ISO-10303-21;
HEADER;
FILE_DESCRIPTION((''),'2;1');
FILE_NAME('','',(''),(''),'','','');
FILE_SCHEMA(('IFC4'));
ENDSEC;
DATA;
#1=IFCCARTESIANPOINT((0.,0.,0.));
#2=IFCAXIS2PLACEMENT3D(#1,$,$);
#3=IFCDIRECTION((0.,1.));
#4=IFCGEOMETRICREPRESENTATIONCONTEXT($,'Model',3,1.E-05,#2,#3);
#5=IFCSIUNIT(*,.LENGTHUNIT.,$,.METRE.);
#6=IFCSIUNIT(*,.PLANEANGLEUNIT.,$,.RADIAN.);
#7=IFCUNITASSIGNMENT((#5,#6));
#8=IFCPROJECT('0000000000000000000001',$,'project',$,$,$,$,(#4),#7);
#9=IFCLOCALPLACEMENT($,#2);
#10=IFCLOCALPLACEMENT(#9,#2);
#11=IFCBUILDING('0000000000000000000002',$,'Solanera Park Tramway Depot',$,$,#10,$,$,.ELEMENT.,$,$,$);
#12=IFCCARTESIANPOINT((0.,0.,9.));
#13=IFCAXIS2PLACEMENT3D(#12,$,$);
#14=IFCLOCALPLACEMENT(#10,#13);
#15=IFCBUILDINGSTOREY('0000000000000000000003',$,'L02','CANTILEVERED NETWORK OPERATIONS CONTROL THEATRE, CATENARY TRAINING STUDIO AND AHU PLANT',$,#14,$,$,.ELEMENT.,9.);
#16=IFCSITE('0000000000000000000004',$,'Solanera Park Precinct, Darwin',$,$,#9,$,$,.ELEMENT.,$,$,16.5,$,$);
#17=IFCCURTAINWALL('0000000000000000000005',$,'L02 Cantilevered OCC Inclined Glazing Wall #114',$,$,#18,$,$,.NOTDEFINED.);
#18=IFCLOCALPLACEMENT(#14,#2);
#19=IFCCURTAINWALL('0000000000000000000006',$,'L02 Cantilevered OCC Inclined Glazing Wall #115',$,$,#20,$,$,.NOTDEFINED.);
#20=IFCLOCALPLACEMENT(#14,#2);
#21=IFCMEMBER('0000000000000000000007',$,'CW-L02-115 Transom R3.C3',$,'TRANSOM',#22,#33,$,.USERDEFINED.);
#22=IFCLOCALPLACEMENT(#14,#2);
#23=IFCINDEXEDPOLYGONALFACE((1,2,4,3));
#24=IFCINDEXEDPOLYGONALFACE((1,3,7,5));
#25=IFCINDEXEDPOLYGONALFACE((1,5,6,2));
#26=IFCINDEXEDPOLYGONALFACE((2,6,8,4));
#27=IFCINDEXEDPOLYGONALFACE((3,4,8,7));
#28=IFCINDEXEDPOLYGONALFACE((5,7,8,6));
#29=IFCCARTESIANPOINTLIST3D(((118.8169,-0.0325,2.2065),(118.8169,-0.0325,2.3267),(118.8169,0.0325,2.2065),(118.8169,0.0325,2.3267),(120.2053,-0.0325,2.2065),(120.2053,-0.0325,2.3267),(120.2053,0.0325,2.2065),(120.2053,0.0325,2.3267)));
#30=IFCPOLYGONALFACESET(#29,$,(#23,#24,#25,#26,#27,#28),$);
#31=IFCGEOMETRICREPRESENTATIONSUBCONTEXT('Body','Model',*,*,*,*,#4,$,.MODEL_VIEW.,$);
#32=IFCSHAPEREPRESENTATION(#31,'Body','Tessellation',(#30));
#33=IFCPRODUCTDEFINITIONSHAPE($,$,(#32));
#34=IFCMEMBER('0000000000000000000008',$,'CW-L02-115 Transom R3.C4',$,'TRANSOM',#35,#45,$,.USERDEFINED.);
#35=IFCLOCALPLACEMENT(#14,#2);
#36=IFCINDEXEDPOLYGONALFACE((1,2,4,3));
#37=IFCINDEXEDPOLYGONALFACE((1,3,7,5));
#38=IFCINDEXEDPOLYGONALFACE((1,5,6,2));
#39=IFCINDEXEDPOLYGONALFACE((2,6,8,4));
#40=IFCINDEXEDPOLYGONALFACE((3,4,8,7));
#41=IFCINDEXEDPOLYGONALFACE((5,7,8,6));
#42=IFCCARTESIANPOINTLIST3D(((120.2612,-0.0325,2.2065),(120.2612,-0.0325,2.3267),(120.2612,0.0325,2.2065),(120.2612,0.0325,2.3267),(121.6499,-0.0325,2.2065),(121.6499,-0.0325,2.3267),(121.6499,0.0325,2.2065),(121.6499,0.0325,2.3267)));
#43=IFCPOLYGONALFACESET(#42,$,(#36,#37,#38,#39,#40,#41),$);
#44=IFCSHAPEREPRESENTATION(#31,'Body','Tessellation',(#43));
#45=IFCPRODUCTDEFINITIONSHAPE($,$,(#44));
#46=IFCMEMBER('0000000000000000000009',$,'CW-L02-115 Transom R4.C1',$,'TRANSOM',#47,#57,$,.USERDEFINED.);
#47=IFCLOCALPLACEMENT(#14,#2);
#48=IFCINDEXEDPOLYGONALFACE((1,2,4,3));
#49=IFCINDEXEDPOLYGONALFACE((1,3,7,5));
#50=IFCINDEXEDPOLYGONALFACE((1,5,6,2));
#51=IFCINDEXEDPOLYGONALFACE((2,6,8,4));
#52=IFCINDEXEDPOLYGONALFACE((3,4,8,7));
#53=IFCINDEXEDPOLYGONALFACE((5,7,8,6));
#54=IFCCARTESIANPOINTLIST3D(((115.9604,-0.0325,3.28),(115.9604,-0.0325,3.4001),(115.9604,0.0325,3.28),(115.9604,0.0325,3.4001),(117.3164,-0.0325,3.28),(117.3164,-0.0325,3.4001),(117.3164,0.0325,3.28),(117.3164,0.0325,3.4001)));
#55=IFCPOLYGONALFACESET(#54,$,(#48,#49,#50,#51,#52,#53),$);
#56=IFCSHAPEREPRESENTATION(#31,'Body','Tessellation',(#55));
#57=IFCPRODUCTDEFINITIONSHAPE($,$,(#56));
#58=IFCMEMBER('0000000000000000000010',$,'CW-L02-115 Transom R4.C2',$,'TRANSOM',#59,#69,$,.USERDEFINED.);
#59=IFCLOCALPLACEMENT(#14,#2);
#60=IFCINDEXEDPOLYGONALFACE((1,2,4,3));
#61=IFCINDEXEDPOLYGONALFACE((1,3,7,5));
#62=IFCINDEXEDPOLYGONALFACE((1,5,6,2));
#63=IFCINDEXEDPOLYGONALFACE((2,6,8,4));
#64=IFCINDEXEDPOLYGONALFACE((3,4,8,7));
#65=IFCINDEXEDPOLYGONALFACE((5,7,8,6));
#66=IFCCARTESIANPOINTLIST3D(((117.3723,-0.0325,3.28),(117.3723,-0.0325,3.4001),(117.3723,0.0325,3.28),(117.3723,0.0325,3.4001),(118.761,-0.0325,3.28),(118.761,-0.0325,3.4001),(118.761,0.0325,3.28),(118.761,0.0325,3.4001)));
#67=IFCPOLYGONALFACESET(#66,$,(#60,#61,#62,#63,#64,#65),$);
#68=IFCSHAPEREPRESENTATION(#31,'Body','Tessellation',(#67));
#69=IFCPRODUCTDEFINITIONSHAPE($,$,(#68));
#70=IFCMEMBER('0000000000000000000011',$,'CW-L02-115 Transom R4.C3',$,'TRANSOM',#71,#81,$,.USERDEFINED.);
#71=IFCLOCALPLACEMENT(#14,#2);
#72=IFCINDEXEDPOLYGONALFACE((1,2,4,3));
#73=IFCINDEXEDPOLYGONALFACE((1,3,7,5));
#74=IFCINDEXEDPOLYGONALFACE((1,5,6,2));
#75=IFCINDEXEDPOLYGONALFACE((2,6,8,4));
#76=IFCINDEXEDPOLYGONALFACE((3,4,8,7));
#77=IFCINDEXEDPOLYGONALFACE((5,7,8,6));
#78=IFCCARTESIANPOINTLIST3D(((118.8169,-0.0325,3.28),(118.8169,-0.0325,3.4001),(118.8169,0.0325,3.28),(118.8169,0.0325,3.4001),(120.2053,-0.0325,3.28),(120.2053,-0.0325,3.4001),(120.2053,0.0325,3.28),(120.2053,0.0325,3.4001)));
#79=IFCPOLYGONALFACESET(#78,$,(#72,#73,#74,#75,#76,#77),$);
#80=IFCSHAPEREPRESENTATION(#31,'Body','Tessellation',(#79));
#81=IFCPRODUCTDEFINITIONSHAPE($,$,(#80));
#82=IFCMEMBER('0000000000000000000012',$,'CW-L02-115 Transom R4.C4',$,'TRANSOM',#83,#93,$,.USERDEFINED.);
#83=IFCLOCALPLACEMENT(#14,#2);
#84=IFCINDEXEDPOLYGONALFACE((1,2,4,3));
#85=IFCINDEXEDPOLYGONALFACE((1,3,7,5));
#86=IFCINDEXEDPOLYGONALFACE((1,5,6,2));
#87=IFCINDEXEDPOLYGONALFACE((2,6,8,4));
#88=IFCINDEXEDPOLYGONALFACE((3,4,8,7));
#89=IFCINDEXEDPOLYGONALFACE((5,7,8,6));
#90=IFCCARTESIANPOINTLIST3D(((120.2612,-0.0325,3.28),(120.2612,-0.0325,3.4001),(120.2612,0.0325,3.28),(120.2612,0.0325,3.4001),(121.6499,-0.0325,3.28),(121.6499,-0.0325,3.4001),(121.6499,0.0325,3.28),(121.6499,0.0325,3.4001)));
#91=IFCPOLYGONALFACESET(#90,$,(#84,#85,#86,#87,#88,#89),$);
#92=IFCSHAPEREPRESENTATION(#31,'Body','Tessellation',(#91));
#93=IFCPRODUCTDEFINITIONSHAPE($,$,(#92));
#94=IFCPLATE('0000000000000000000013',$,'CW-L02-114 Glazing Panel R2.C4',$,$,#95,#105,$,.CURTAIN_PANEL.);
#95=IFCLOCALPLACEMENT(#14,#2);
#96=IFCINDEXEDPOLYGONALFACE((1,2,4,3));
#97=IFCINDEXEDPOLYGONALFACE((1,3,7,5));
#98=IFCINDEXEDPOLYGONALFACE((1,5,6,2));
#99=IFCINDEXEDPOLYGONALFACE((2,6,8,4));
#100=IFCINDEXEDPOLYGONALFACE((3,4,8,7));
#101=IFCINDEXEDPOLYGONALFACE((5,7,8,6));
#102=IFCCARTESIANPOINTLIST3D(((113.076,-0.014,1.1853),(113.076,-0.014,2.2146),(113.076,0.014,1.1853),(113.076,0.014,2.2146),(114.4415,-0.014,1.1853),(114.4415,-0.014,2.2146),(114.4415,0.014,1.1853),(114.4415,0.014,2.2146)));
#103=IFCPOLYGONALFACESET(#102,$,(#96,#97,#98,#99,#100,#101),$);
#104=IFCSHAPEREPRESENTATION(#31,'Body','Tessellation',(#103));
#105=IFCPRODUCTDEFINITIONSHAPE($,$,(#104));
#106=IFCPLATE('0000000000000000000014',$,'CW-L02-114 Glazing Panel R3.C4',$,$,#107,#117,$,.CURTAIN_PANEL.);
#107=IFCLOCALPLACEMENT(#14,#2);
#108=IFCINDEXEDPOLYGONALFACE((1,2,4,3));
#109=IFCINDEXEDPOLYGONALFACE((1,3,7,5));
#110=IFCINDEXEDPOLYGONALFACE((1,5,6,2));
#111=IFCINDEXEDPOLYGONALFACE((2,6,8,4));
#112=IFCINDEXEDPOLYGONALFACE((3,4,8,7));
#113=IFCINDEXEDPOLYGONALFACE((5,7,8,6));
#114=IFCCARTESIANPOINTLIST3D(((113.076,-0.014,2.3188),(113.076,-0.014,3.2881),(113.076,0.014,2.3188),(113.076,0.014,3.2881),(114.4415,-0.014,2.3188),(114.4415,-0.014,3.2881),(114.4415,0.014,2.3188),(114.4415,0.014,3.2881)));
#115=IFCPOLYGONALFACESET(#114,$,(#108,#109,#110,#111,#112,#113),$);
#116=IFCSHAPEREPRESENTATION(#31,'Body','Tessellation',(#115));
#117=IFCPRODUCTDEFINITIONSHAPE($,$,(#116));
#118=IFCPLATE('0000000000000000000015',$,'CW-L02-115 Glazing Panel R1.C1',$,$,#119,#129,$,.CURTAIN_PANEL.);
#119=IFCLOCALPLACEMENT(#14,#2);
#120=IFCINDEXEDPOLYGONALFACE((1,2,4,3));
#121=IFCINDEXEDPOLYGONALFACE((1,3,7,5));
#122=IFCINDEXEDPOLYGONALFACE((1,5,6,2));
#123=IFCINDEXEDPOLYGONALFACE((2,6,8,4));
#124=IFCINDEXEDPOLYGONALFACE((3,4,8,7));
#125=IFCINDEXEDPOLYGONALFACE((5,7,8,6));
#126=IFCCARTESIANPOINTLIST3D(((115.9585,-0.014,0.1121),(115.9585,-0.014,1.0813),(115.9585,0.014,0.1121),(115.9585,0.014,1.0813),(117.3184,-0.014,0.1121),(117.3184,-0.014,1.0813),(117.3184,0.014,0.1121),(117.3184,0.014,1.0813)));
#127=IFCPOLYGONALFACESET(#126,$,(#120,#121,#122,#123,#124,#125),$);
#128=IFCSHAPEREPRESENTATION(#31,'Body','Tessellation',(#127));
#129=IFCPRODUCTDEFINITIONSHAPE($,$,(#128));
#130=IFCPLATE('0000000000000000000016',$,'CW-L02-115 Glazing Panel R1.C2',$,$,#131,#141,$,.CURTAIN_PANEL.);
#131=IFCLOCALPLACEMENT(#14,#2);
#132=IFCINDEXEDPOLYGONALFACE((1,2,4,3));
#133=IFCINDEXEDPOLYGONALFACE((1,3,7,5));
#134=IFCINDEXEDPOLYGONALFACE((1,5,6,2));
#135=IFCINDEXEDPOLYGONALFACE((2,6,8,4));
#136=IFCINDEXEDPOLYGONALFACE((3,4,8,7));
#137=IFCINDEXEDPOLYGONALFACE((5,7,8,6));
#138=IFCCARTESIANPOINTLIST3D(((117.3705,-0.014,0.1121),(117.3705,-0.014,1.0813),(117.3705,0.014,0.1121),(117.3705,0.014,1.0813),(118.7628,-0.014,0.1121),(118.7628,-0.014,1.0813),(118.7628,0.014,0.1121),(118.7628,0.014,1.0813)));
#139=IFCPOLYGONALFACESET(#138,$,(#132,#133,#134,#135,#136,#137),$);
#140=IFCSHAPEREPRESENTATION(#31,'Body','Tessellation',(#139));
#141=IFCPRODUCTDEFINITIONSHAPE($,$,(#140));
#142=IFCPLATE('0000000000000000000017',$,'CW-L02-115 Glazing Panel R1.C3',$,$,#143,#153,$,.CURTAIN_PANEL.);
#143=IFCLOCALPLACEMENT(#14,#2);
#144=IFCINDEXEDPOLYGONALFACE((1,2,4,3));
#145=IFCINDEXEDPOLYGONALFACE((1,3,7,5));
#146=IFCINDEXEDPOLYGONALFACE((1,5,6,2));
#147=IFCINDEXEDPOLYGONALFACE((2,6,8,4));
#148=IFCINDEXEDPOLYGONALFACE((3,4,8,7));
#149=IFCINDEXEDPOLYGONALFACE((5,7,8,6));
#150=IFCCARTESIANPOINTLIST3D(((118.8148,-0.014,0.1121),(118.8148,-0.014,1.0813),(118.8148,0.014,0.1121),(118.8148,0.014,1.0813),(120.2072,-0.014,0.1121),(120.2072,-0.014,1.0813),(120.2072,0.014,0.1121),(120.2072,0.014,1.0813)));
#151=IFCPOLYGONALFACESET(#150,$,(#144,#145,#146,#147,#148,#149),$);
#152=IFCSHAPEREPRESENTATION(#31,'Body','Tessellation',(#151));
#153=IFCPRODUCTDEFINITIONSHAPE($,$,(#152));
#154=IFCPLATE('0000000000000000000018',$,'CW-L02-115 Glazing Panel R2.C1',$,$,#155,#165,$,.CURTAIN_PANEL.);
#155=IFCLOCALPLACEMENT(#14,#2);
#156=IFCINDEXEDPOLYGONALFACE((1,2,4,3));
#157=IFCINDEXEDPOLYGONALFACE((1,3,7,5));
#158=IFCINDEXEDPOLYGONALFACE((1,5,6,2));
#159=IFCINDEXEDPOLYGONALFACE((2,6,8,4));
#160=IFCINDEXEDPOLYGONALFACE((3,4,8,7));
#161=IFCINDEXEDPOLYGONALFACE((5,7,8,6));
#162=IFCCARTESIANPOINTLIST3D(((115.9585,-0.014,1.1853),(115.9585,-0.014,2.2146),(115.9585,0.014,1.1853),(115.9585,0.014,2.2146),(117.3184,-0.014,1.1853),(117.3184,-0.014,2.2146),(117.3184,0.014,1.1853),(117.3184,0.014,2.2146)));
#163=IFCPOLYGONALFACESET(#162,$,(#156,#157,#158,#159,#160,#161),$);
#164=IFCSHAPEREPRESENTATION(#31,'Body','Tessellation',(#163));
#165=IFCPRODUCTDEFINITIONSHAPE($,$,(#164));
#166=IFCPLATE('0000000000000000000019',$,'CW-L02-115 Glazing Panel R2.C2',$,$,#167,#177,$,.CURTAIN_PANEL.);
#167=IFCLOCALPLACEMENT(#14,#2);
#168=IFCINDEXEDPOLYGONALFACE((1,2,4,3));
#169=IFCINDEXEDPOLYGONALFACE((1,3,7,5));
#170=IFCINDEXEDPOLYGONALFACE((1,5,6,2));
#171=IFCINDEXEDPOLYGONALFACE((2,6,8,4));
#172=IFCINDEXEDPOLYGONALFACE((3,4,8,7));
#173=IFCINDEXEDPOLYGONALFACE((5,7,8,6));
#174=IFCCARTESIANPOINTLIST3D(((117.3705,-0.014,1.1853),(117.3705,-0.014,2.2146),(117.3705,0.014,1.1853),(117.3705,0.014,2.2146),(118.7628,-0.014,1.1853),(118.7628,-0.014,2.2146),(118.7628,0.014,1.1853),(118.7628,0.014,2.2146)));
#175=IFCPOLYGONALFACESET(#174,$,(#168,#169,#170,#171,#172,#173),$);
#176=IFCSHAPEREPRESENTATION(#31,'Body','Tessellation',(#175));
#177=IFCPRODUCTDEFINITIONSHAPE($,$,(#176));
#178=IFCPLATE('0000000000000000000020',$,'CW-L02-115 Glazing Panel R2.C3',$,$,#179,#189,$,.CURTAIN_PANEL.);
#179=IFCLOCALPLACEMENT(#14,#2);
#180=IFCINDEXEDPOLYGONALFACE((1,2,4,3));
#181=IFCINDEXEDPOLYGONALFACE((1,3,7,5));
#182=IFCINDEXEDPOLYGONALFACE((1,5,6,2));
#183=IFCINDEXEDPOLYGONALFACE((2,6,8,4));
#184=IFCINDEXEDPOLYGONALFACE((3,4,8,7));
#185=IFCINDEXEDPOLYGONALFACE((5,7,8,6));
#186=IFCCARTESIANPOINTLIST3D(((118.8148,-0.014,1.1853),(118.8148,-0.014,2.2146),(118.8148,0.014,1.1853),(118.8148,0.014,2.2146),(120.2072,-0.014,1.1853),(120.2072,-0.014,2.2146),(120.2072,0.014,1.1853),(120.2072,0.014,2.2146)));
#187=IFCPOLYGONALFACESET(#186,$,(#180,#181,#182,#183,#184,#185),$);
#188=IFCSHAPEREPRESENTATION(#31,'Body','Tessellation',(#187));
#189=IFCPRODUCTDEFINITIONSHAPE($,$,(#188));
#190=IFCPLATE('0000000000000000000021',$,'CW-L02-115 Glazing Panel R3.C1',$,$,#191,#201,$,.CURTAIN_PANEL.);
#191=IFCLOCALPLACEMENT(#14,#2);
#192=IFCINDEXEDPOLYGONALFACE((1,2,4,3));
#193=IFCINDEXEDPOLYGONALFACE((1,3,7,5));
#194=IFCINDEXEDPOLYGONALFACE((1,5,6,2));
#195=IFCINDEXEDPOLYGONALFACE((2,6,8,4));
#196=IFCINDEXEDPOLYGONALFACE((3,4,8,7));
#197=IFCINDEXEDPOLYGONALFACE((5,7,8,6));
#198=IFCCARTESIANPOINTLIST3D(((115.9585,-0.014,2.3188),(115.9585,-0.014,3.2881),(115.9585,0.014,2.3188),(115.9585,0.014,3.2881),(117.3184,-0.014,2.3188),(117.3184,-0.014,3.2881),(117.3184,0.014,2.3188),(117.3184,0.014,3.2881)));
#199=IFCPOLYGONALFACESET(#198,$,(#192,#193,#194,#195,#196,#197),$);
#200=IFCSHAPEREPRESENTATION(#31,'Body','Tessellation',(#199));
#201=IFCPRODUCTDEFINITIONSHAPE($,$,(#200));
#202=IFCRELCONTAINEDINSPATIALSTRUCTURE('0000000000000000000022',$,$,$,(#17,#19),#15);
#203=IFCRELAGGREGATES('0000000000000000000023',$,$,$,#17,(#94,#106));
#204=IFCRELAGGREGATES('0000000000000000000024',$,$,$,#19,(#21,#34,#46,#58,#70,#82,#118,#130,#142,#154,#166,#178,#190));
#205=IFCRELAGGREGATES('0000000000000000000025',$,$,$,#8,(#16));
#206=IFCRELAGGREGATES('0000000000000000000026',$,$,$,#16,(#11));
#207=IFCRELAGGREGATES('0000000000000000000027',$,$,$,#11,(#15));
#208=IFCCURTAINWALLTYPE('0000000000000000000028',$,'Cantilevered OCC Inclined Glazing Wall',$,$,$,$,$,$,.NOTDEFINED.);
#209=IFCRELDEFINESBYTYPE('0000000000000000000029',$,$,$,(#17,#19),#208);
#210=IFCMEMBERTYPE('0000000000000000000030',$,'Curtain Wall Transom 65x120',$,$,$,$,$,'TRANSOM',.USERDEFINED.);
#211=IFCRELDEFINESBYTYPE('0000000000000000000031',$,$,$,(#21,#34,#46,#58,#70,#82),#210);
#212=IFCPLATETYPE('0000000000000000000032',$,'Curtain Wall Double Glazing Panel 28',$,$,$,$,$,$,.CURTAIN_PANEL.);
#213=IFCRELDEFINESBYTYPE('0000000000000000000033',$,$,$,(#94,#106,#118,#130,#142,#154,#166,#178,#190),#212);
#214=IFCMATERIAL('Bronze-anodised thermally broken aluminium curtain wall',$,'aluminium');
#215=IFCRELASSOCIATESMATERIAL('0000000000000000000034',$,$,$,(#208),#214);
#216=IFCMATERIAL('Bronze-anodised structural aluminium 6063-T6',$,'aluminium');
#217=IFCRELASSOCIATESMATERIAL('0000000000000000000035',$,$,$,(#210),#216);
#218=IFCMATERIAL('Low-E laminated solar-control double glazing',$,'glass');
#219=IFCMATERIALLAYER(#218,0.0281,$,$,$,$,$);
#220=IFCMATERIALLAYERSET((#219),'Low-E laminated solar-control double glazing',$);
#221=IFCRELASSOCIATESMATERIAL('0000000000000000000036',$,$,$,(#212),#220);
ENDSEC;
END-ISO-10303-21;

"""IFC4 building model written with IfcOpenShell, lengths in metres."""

from ifc_helpers import new_model, si_unit, direction, frame, origin, origin_2d, place, context, subcontext, project, spatial, rectangle, extrude, material, layer, layer_set, material_profile, profile_set, type_object, element, aggregate, save


model = new_model("IFC4")

# Units and contexts
model_context = context("Model", 3, precision=1e-05, world=origin(), true_north=direction((0.0, 1.0)))
body_context = subcontext(model_context, "Body", "Model", "MODEL_VIEW")
ifc_project = project(units=[si_unit("LENGTHUNIT", "METRE"), si_unit("PLANEANGLEUNIT", "RADIAN")], contexts=[model_context])

# Site, building, storey
site_placement = place(None, origin())
site = spatial("IfcSite", under=ifc_project, at=site_placement, Name="Solanera Park Precinct, Darwin", CompositionType="ELEMENT", RefElevation=16.5)
building_placement = place(site_placement, origin())
building = spatial("IfcBuilding", under=site, at=building_placement, Name="Solanera Park Tramway Depot", CompositionType="ELEMENT")
storey_placement = place(building_placement, frame((0.0, 0.0, 9.0)))
storey = spatial("IfcBuildingStorey", under=building, at=storey_placement, Name="L02", Description="CANTILEVERED NETWORK OPERATIONS CONTROL THEATRE, CATENARY TRAINING STUDIO AND AHU PLANT", CompositionType="ELEMENT", Elevation=9.0)

# Curtain wall
ifc_material_1 = material(Name="Bronze-anodised thermally broken aluminium curtain wall", Category="aluminium")
curtain_wall_type = type_object("IfcCurtainWallType", Name="Cantilevered OCC Inclined Glazing Wall", PredefinedType="NOTDEFINED", material=ifc_material_1)
curtain_wall_1_placement = place(storey_placement, origin())
curtain_wall_1 = element("IfcCurtainWall", 1, at=curtain_wall_1_placement, inside=storey, type_object=curtain_wall_type, Name="L02 Cantilevered OCC Inclined Glazing Wall #114", PredefinedType="NOTDEFINED")

# Curtain wall, members
curtain_wall_2_placement = place(storey_placement, origin())
curtain_wall_2 = element("IfcCurtainWall", 2, at=curtain_wall_2_placement, inside=storey, type_object=curtain_wall_type, Name="L02 Cantilevered OCC Inclined Glazing Wall #115", PredefinedType="NOTDEFINED")
ifc_material_2 = material(Name="Bronze-anodised structural aluminium 6063-T6", Category="aluminium")
ifc_material_profile_1 = material_profile(ifc_material_2, rectangle(XDim=0.0649, YDim=0.1201, at=origin_2d()), Name="Curtain Wall Transom 65x120")
ifc_profile_set_1 = profile_set([ifc_material_profile_1], Name="Bronze-anodised structural aluminium 6063-T6")
member_type_1 = type_object("IfcMemberType", Name="Curtain Wall Transom 65x120", ElementType="TRANSOM", PredefinedType="USERDEFINED", material=ifc_profile_set_1)
member_1_placement = place(storey_placement, frame((118.8169, 0.0, 2.2666), z_axis=(1.0, 0.0, 0.0), x_axis=(0.0, 1.0, 0.0)))
member_1 = element("IfcMember", 3, at=member_1_placement, type_object=member_type_1, Name="CW-L02-115 Transom R3.C3", ObjectType="TRANSOM", PredefinedType="USERDEFINED", context=body_context, shape_type="SweptSolid", body=[
    extrude(rectangle(XDim=0.0649, YDim=0.1201, at=origin_2d()), origin(), (0.0, 0.0, 1.0), 1.3884),
])
member_2_placement = place(storey_placement, frame((120.2612, 0.0, 2.2666), z_axis=(1.0, 0.0, 0.0), x_axis=(0.0, 1.0, 0.0)))
member_2 = element("IfcMember", 4, at=member_2_placement, type_object=member_type_1, Name="CW-L02-115 Transom R3.C4", ObjectType="TRANSOM", PredefinedType="USERDEFINED", context=body_context, shape_type="SweptSolid", body=[
    extrude(rectangle(XDim=0.0649, YDim=0.1201, at=origin_2d()), origin(), (0.0, 0.0, 1.0), 1.3887),
])
member_3_placement = place(storey_placement, frame((115.9604, 0.0, 3.3401), z_axis=(1.0, 0.0, 0.0), x_axis=(0.0, 1.0, 0.0)))
member_3 = element("IfcMember", 5, at=member_3_placement, type_object=member_type_1, Name="CW-L02-115 Transom R4.C1", ObjectType="TRANSOM", PredefinedType="USERDEFINED", context=body_context, shape_type="SweptSolid", body=[
    extrude(rectangle(XDim=0.0649, YDim=0.1201, at=origin_2d()), origin(), (0.0, 0.0, 1.0), 1.356),
])
member_4_placement = place(storey_placement, frame((117.3723, 0.0, 3.3401), z_axis=(1.0, 0.0, 0.0), x_axis=(0.0, 1.0, 0.0)))
member_4 = element("IfcMember", 6, at=member_4_placement, type_object=member_type_1, Name="CW-L02-115 Transom R4.C2", ObjectType="TRANSOM", PredefinedType="USERDEFINED", context=body_context, shape_type="SweptSolid", body=[
    extrude(rectangle(XDim=0.0649, YDim=0.1201, at=origin_2d()), origin(), (0.0, 0.0, 1.0), 1.3887),
])
member_5_placement = place(storey_placement, frame((118.8169, 0.0, 3.3401), z_axis=(1.0, 0.0, 0.0), x_axis=(0.0, 1.0, 0.0)))
member_5 = element("IfcMember", 7, at=member_5_placement, type_object=member_type_1, Name="CW-L02-115 Transom R4.C3", ObjectType="TRANSOM", PredefinedType="USERDEFINED", context=body_context, shape_type="SweptSolid", body=[
    extrude(rectangle(XDim=0.0649, YDim=0.1201, at=origin_2d()), origin(), (0.0, 0.0, 1.0), 1.3884),
])
member_6_placement = place(storey_placement, frame((120.2612, 0.0, 3.3401), z_axis=(1.0, 0.0, 0.0), x_axis=(0.0, 1.0, 0.0)))
member_6 = element("IfcMember", 8, at=member_6_placement, type_object=member_type_1, Name="CW-L02-115 Transom R4.C4", ObjectType="TRANSOM", PredefinedType="USERDEFINED", context=body_context, shape_type="SweptSolid", body=[
    extrude(rectangle(XDim=0.0649, YDim=0.1201, at=origin_2d()), origin(), (0.0, 0.0, 1.0), 1.3887),
])

# Plates
ifc_material_3 = material(Name="Low-E laminated solar-control double glazing", Category="glass")
ifc_layer = layer(ifc_material_3, 0.0281)
ifc_layer_set = layer_set([ifc_layer], Name="Low-E laminated solar-control double glazing")
plate_type = type_object("IfcPlateType", Name="Curtain Wall Double Glazing Panel 28", PredefinedType="CURTAIN_PANEL", material=ifc_layer_set)
plate_1_placement = place(storey_placement, frame((113.7588, 0.0, 1.1853), z_axis=(0.0, 0.0, 1.0), x_axis=(1.0, 0.0, 0.0)))
plate_1 = element("IfcPlate", 9, at=plate_1_placement, type_object=plate_type, Name="CW-L02-114 Glazing Panel R2.C4", PredefinedType="CURTAIN_PANEL", context=body_context, shape_type="SweptSolid", body=[
    extrude(rectangle(XDim=1.3655, YDim=0.0281, at=origin_2d()), origin(), (0.0, 0.0, 1.0), 1.0293),
])
plate_2_placement = place(storey_placement, frame((113.7588, 0.0, 2.3188), z_axis=(0.0, 0.0, 1.0), x_axis=(1.0, 0.0, 0.0)))
plate_2 = element("IfcPlate", 10, at=plate_2_placement, type_object=plate_type, Name="CW-L02-114 Glazing Panel R3.C4", PredefinedType="CURTAIN_PANEL", context=body_context, shape_type="SweptSolid", body=[
    extrude(rectangle(XDim=1.3655, YDim=0.0281, at=origin_2d()), origin(), (0.0, 0.0, 1.0), 0.9692),
])
aggregate(curtain_wall_1, [plate_1, plate_2])
plate_3_placement = place(storey_placement, frame((116.6384, 0.0, 0.1121), z_axis=(0.0, 0.0, 1.0), x_axis=(1.0, 0.0, 0.0)))
plate_3 = element("IfcPlate", 11, at=plate_3_placement, type_object=plate_type, Name="CW-L02-115 Glazing Panel R1.C1", PredefinedType="CURTAIN_PANEL", context=body_context, shape_type="SweptSolid", body=[
    extrude(rectangle(XDim=1.3599, YDim=0.0281, at=origin_2d()), origin(), (0.0, 0.0, 1.0), 0.9692),
])
plate_4_placement = place(storey_placement, frame((118.0667, 0.0, 0.1121), z_axis=(0.0, 0.0, 1.0), x_axis=(1.0, 0.0, 0.0)))
plate_4 = element("IfcPlate", 12, at=plate_4_placement, type_object=plate_type, Name="CW-L02-115 Glazing Panel R1.C2", PredefinedType="CURTAIN_PANEL", context=body_context, shape_type="SweptSolid", body=[
    extrude(rectangle(XDim=1.3923, YDim=0.0281, at=origin_2d()), origin(), (0.0, 0.0, 1.0), 0.9692),
])
plate_5_placement = place(storey_placement, frame((119.511, 0.0, 0.1121), z_axis=(0.0, 0.0, 1.0), x_axis=(1.0, 0.0, 0.0)))
plate_5 = element("IfcPlate", 13, at=plate_5_placement, type_object=plate_type, Name="CW-L02-115 Glazing Panel R1.C3", PredefinedType="CURTAIN_PANEL", context=body_context, shape_type="SweptSolid", body=[
    extrude(rectangle(XDim=1.3923, YDim=0.0281, at=origin_2d()), origin(), (0.0, 0.0, 1.0), 0.9692),
])
plate_6_placement = place(storey_placement, frame((116.6384, 0.0, 1.1853), z_axis=(0.0, 0.0, 1.0), x_axis=(1.0, 0.0, 0.0)))
plate_6 = element("IfcPlate", 14, at=plate_6_placement, type_object=plate_type, Name="CW-L02-115 Glazing Panel R2.C1", PredefinedType="CURTAIN_PANEL", context=body_context, shape_type="SweptSolid", body=[
    extrude(rectangle(XDim=1.3599, YDim=0.0281, at=origin_2d()), origin(), (0.0, 0.0, 1.0), 1.0293),
])
plate_7_placement = place(storey_placement, frame((118.0667, 0.0, 1.1853), z_axis=(0.0, 0.0, 1.0), x_axis=(1.0, 0.0, 0.0)))
plate_7 = element("IfcPlate", 15, at=plate_7_placement, type_object=plate_type, Name="CW-L02-115 Glazing Panel R2.C2", PredefinedType="CURTAIN_PANEL", context=body_context, shape_type="SweptSolid", body=[
    extrude(rectangle(XDim=1.3923, YDim=0.0281, at=origin_2d()), origin(), (0.0, 0.0, 1.0), 1.0293),
])
plate_8_placement = place(storey_placement, frame((119.511, 0.0, 1.1853), z_axis=(0.0, 0.0, 1.0), x_axis=(1.0, 0.0, 0.0)))
plate_8 = element("IfcPlate", 16, at=plate_8_placement, type_object=plate_type, Name="CW-L02-115 Glazing Panel R2.C3", PredefinedType="CURTAIN_PANEL", context=body_context, shape_type="SweptSolid", body=[
    extrude(rectangle(XDim=1.3923, YDim=0.0281, at=origin_2d()), origin(), (0.0, 0.0, 1.0), 1.0293),
])
plate_9_placement = place(storey_placement, frame((116.6384, 0.0, 2.3188), z_axis=(0.0, 0.0, 1.0), x_axis=(1.0, 0.0, 0.0)))
plate_9 = element("IfcPlate", 17, at=plate_9_placement, type_object=plate_type, Name="CW-L02-115 Glazing Panel R3.C1", PredefinedType="CURTAIN_PANEL", context=body_context, shape_type="SweptSolid", body=[
    extrude(rectangle(XDim=1.3599, YDim=0.0281, at=origin_2d()), origin(), (0.0, 0.0, 1.0), 0.9692),
])
aggregate(curtain_wall_2, [member_1, member_2, member_3, member_4, member_5, member_6, plate_3, plate_4, plate_5, plate_6, plate_7, plate_8, plate_9])

save(model, "model.ifc")
